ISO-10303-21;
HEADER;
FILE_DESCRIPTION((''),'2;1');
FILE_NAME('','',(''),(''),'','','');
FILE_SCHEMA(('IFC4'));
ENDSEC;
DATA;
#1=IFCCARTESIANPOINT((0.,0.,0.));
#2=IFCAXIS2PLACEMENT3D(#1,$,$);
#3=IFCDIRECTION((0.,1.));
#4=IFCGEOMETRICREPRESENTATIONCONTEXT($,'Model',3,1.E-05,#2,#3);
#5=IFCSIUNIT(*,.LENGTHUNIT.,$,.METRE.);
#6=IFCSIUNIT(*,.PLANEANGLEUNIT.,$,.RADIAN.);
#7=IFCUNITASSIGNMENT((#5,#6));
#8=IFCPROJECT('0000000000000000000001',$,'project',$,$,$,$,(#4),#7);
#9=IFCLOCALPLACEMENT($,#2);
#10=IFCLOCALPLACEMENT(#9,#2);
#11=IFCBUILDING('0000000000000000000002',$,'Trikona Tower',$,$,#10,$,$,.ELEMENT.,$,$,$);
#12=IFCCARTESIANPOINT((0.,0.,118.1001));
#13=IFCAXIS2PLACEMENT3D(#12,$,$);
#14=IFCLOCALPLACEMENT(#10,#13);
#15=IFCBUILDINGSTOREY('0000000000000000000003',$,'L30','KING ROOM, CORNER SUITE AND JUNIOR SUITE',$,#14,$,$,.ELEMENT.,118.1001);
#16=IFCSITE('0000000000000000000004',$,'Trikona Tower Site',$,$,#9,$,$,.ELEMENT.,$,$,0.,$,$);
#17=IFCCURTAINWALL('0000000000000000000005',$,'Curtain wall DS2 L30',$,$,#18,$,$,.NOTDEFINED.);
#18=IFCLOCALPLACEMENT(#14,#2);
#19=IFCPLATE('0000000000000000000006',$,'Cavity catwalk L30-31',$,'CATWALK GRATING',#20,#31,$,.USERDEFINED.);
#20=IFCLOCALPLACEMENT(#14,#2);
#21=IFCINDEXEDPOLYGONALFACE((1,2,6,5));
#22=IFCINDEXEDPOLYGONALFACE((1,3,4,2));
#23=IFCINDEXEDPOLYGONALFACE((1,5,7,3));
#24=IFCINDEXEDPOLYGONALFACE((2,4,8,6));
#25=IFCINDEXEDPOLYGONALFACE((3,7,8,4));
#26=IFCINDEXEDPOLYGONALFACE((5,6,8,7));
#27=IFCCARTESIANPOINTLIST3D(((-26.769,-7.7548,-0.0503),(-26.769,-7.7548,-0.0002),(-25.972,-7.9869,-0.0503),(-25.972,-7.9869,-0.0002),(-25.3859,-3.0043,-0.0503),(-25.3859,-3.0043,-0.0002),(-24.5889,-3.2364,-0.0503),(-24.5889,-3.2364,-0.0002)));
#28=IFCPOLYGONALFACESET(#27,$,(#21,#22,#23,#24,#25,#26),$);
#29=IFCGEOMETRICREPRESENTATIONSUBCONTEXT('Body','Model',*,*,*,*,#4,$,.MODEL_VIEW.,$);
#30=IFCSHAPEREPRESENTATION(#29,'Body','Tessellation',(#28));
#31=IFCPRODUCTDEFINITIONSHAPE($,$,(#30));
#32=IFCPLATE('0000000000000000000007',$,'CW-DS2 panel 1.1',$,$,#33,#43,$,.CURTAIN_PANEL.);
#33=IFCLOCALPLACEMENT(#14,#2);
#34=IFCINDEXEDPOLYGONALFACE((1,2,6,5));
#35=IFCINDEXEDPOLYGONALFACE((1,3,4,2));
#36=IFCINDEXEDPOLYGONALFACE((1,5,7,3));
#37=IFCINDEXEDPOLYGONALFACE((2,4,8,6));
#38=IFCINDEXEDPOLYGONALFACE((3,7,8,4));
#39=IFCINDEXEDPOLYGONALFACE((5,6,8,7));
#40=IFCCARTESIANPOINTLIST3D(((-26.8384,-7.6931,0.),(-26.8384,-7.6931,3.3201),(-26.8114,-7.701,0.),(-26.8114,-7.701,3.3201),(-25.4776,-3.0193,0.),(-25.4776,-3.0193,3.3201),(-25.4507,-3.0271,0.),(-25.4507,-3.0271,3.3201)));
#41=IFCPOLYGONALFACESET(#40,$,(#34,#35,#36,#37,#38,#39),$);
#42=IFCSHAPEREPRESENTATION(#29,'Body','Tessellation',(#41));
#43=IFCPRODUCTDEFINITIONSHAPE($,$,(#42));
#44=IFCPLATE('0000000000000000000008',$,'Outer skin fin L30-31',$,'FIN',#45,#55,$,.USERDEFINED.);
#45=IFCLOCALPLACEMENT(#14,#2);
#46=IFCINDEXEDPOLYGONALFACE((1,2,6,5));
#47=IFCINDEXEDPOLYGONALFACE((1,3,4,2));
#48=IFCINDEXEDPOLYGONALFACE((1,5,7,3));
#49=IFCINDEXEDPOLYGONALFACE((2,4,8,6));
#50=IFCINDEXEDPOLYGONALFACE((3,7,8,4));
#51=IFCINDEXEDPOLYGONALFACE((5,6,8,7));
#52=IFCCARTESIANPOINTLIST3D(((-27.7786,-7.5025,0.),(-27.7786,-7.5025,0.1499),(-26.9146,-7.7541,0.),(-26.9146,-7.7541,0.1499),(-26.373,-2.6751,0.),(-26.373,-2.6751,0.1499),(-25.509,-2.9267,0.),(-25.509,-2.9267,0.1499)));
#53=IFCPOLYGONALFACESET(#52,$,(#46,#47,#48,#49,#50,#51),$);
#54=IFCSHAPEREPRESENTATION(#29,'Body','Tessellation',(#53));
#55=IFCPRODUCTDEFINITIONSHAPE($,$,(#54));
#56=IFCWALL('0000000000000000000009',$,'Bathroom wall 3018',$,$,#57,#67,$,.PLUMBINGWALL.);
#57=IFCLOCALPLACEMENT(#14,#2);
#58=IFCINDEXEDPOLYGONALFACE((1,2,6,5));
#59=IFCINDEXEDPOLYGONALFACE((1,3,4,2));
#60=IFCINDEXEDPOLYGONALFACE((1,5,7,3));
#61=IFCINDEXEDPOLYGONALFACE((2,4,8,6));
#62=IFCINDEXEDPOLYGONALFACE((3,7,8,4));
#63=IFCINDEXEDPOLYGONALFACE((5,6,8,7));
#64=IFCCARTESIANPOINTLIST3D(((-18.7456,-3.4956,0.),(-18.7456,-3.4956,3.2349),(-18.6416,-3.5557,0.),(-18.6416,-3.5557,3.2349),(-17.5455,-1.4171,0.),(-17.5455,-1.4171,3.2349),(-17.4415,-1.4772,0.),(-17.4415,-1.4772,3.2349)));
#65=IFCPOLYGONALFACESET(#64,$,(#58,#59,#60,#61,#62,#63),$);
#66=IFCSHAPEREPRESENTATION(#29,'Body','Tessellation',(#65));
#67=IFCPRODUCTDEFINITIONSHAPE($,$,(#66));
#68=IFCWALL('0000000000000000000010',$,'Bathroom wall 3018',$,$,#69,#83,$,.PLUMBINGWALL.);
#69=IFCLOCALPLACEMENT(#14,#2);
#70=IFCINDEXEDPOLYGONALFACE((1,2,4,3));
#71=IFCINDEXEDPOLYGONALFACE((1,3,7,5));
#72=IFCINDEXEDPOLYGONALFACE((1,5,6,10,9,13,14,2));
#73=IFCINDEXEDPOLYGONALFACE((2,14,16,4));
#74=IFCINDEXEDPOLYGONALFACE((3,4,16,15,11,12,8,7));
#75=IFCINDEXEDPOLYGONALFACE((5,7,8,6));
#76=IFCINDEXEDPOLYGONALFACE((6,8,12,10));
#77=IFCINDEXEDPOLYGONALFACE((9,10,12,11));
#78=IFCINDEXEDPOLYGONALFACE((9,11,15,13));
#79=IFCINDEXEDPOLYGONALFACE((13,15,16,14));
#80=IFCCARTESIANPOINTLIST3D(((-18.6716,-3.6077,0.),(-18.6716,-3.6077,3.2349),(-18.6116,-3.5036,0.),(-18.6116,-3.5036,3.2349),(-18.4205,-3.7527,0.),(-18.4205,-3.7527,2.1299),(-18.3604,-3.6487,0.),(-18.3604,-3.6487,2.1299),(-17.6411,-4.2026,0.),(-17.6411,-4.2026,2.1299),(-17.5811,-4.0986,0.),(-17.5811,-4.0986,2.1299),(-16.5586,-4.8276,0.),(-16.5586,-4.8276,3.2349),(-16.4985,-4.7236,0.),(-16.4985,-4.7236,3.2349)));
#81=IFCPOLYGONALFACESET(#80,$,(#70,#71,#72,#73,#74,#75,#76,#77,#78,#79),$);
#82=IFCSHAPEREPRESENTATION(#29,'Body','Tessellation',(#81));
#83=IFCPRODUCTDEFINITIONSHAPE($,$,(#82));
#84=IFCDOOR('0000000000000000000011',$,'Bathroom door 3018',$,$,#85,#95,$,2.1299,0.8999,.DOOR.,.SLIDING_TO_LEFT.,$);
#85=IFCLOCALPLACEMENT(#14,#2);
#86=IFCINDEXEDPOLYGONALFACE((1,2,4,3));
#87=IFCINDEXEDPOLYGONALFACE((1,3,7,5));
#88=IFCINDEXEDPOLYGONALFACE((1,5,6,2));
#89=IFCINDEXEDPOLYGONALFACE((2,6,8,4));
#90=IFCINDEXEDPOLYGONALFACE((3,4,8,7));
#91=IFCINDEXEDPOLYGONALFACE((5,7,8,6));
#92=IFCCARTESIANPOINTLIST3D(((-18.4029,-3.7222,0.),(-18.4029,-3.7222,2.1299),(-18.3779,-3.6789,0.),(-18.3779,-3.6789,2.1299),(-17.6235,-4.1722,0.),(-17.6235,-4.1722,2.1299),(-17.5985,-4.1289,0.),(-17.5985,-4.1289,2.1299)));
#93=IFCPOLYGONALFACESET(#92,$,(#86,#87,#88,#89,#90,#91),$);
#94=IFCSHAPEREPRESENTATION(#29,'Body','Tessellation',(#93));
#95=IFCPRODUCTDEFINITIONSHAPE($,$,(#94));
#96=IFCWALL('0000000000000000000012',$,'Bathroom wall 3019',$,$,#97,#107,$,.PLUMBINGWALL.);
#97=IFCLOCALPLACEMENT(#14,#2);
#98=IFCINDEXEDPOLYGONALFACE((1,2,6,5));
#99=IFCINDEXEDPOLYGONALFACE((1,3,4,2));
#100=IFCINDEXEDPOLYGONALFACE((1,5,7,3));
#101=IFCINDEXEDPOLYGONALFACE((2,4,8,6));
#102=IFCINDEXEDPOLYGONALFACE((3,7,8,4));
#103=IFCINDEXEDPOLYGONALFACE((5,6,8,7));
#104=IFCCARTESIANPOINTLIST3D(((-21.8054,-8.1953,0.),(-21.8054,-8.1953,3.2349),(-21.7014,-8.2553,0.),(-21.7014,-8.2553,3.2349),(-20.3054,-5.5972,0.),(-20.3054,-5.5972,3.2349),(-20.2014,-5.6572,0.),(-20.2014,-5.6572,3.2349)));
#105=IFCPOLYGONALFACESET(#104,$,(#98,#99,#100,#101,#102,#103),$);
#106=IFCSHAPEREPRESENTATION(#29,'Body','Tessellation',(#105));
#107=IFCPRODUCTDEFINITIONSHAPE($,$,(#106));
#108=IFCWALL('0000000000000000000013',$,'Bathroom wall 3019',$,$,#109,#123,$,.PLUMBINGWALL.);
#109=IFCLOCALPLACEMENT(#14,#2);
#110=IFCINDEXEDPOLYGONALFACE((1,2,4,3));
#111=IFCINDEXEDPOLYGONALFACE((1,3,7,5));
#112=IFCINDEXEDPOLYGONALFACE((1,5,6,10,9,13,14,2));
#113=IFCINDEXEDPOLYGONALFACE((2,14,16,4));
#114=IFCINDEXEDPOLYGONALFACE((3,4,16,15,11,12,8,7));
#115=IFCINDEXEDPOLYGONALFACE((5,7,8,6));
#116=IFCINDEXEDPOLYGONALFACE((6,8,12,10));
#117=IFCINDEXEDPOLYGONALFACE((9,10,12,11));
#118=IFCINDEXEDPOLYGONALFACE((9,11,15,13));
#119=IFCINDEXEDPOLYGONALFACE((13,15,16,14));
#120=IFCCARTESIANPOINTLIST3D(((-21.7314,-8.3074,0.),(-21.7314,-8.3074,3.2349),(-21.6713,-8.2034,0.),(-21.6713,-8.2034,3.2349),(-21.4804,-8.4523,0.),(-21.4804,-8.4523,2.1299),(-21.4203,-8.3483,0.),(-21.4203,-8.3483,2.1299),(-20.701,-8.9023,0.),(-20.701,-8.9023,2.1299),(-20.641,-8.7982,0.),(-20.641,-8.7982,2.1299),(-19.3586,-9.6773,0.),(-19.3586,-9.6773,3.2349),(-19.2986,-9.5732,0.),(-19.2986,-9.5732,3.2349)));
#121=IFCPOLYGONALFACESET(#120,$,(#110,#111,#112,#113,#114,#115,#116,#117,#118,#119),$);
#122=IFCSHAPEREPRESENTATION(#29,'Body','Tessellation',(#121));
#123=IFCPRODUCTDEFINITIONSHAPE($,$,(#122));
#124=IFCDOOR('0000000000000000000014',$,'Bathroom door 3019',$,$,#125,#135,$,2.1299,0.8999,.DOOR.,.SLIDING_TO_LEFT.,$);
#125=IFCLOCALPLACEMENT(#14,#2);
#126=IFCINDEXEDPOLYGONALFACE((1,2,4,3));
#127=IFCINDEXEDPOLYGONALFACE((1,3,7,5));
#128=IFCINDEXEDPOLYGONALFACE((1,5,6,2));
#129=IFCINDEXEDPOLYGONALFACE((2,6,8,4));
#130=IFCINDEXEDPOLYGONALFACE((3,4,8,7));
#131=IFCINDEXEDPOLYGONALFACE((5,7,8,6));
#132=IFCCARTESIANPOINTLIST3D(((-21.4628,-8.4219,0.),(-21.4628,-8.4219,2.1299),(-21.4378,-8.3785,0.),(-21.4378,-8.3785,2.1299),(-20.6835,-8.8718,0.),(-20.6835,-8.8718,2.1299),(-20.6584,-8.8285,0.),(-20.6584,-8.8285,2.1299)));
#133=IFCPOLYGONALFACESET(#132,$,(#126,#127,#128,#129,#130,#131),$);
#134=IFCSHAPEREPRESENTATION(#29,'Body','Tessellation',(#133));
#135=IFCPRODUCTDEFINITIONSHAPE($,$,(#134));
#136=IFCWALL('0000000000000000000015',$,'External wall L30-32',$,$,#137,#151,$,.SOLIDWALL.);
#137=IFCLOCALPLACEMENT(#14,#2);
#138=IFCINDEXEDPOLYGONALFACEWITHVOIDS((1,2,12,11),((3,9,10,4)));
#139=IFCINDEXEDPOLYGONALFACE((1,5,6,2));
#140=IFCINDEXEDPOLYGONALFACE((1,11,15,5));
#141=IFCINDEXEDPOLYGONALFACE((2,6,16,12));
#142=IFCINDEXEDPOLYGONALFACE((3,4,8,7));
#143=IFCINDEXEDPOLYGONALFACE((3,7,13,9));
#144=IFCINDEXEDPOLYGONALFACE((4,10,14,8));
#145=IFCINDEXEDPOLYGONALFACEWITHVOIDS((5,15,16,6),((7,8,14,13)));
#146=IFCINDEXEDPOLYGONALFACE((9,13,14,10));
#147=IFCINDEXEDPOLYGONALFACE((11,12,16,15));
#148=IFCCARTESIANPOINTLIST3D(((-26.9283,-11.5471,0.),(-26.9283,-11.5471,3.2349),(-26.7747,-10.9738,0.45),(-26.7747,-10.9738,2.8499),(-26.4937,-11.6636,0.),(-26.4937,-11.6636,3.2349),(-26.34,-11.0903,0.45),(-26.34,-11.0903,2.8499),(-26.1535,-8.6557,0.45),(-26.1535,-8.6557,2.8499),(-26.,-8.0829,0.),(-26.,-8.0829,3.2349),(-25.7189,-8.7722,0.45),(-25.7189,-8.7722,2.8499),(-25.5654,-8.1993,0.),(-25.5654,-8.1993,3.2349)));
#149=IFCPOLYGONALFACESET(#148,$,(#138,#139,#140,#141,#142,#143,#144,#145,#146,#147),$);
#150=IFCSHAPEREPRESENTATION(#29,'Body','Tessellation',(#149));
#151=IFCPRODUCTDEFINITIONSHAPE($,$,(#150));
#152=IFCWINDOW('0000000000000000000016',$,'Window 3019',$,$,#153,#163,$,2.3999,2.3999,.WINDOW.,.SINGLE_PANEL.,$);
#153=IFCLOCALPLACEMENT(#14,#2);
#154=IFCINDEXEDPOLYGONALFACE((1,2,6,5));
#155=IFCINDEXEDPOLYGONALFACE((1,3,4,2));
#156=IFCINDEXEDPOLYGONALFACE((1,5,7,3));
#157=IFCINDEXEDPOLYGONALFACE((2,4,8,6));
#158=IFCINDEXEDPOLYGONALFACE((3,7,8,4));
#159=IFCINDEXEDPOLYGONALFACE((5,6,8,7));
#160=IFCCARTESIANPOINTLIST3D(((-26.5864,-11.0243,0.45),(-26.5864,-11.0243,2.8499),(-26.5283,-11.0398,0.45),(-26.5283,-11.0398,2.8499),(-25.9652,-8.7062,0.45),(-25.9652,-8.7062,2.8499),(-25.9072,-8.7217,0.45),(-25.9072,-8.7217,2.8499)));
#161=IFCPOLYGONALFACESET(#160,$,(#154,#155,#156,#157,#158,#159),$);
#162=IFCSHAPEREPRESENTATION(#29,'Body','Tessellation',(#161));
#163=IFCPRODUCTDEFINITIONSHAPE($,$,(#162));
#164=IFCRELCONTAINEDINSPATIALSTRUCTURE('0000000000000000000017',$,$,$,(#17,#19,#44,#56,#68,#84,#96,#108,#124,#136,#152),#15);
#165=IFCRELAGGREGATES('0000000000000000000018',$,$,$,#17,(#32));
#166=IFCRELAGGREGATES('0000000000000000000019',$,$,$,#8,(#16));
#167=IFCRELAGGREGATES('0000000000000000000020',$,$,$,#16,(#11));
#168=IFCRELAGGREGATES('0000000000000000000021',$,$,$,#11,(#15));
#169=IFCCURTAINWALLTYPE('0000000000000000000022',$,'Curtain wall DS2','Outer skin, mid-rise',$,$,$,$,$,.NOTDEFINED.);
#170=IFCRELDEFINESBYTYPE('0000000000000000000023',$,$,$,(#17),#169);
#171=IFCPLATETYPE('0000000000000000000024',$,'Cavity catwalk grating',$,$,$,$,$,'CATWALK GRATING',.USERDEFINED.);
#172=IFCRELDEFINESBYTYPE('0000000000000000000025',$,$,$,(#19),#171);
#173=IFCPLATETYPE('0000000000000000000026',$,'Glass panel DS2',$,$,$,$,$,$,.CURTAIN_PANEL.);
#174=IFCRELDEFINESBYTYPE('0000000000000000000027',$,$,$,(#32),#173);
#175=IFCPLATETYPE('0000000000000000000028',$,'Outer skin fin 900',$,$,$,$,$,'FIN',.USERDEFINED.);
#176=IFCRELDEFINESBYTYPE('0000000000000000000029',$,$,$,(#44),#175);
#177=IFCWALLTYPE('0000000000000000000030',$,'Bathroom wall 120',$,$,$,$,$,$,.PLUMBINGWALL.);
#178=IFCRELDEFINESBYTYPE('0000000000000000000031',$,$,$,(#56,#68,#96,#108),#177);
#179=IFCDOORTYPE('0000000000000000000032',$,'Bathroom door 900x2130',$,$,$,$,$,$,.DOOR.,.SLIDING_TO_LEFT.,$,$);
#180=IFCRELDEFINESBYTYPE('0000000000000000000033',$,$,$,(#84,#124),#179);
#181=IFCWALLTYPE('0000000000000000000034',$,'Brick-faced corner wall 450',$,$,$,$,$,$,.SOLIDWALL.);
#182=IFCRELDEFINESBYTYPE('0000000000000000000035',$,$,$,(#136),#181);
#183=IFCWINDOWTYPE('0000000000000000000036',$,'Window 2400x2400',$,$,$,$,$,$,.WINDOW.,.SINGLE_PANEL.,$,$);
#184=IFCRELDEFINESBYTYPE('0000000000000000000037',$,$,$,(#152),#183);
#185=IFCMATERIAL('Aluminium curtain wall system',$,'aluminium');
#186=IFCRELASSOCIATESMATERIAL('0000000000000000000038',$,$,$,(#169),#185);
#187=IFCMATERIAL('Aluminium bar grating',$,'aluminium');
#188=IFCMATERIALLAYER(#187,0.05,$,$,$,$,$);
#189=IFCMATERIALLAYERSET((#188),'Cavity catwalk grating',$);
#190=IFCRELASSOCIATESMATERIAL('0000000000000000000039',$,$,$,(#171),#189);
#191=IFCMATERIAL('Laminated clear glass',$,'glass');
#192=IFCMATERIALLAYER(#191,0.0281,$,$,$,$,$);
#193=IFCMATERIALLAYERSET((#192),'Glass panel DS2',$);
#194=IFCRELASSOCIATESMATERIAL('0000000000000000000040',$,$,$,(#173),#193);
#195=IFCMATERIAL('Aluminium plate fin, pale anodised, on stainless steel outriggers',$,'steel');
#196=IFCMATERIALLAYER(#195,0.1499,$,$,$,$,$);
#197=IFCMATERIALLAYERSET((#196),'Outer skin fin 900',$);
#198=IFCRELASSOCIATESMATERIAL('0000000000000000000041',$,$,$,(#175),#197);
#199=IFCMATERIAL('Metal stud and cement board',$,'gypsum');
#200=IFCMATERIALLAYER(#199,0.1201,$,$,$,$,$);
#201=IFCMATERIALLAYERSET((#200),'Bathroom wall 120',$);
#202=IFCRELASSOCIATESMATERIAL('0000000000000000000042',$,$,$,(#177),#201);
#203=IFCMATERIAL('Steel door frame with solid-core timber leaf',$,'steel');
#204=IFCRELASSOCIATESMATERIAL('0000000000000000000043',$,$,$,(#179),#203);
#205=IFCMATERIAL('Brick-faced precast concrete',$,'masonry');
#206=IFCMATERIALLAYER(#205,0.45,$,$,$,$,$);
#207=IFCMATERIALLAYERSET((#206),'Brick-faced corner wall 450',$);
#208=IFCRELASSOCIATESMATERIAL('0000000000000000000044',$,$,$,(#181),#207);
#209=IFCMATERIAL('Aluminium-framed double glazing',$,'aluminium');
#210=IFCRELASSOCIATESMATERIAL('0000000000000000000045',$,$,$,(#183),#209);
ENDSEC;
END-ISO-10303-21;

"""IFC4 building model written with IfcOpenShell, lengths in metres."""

from ifc_helpers import new_model, si_unit, direction, frame, frame_2d, origin, origin_2d, place, context, subcontext, project, spatial, rectangle, extrude, material, layer, layer_set, type_object, element, fill, aggregate, save


model = new_model("IFC4")

# Units and contexts
model_context = context("Model", 3, precision=1e-05, world=origin(), true_north=direction((0.0, 1.0)))
body_context = subcontext(model_context, "Body", "Model", "MODEL_VIEW")
ifc_project = project(units=[si_unit("LENGTHUNIT", "METRE"), si_unit("PLANEANGLEUNIT", "RADIAN")], contexts=[model_context])

# Site, building, storey
site_placement = place(None, origin())
site = spatial("IfcSite", under=ifc_project, at=site_placement, Name="Trikona Tower Site", CompositionType="ELEMENT", RefElevation=0.0)
building_placement = place(site_placement, origin())
building = spatial("IfcBuilding", under=site, at=building_placement, Name="Trikona Tower", CompositionType="ELEMENT")
storey_placement = place(building_placement, frame((0.0, 0.0, 118.1001)))
storey = spatial("IfcBuildingStorey", under=building, at=storey_placement, Name="L30", Description="KING ROOM, CORNER SUITE AND JUNIOR SUITE", CompositionType="ELEMENT", Elevation=118.1001)

# Shared definitions
ifc_material_1 = material(Name="Aluminium curtain wall system", Category="aluminium")
curtain_wall_type = type_object("IfcCurtainWallType", Name="Curtain wall DS2", Description="Outer skin, mid-rise", PredefinedType="NOTDEFINED", material=ifc_material_1)

# Curtain wall
curtain_wall_1_placement = place(storey_placement, origin())
curtain_wall_1 = element("IfcCurtainWall", 1, at=curtain_wall_1_placement, inside=storey, type_object=curtain_wall_type, Name="Curtain wall DS2 L30", PredefinedType="NOTDEFINED")

# Plates
ifc_material_2 = material(Name="Aluminium bar grating", Category="aluminium")
ifc_layer_1 = layer(ifc_material_2, 0.05)
ifc_layer_set_1 = layer_set([ifc_layer_1], Name="Cavity catwalk grating")
plate_type_1 = type_object("IfcPlateType", Name="Cavity catwalk grating", ElementType="CATWALK GRATING", PredefinedType="USERDEFINED", material=ifc_layer_set_1)
plate_1_placement = place(storey_placement, frame((-25.679, -5.4956, -0.0503), z_axis=(0.0, 0.0, 1.0), x_axis=(-0.279554, -0.96013, 0.0)))
element("IfcPlate", 2, at=plate_1_placement, inside=storey, type_object=plate_type_1, Name="Cavity catwalk L30-31", ObjectType="CATWALK GRATING", PredefinedType="USERDEFINED", context=body_context, shape_type="SweptSolid", body=[
    extrude(rectangle(XDim=4.9478, YDim=0.8301, at=origin_2d()), origin(), (0.0, 0.0, 1.0), 0.05),
])
ifc_material_3 = material(Name="Laminated clear glass", Category="glass")
ifc_layer_2 = layer(ifc_material_3, 0.0281)
ifc_layer_set_2 = layer_set([ifc_layer_2], Name="Glass panel DS2")
plate_type_2 = type_object("IfcPlateType", Name="Glass panel DS2", PredefinedType="CURTAIN_PANEL", material=ifc_layer_set_2)
plate_2_placement = place(storey_placement, frame((-26.1445, -5.3601, 0.0), z_axis=(0.0, 0.0, 1.0), x_axis=(-0.279543, -0.960133, 0.0)))
plate_2 = element("IfcPlate", 3, at=plate_2_placement, type_object=plate_type_2, Name="CW-DS2 panel 1.1", PredefinedType="CURTAIN_PANEL", context=body_context, shape_type="SweptSolid", body=[
    extrude(rectangle(XDim=4.8679, YDim=0.0281, at=origin_2d()), origin(), (0.0, 0.0, 1.0), 3.3201),
])
aggregate(curtain_wall_1, [plate_2])
ifc_material_4 = material(Name="Aluminium plate fin, pale anodised, on stainless steel outriggers", Category="steel")
ifc_layer_3 = layer(ifc_material_4, 0.1499)
ifc_layer_set_3 = layer_set([ifc_layer_3], Name="Outer skin fin 900")
plate_type_3 = type_object("IfcPlateType", Name="Outer skin fin 900", ElementType="FIN", PredefinedType="USERDEFINED", material=ifc_layer_set_3)
plate_3_placement = place(storey_placement, frame((-26.6438, -5.2146, 0.0), z_axis=(0.0, 0.0, 1.0), x_axis=(-0.279554, -0.96013, 0.0)))
element("IfcPlate", 4, at=plate_3_placement, inside=storey, type_object=plate_type_3, Name="Outer skin fin L30-31", ObjectType="FIN", PredefinedType="USERDEFINED", context=body_context, shape_type="SweptSolid", body=[
    extrude(rectangle(XDim=5.0278, YDim=0.8999, at=origin_2d()), origin(), (0.0, 0.0, 1.0), 0.1499),
])

# Wall
ifc_material_5 = material(Name="Metal stud and cement board", Category="gypsum")
ifc_layer_4 = layer(ifc_material_5, 0.1201)
ifc_layer_set_4 = layer_set([ifc_layer_4], Name="Bathroom wall 120")
wall_type_1 = type_object("IfcWallType", Name="Bathroom wall 120", PredefinedType="PLUMBINGWALL", material=ifc_layer_set_4)
wall_1_placement = place(storey_placement, frame((-17.4934, -1.447, 0.0), z_axis=(0.0, 0.0, 1.0), x_axis=(-0.500034, -0.866006, 0.0)))
element("IfcWall", 5, at=wall_1_placement, inside=storey, type_object=wall_type_1, Name="Bathroom wall 3018", PredefinedType="PLUMBINGWALL", context=body_context, shape_type="SweptSolid", body=[
    extrude(rectangle(XDim=2.4001, YDim=0.1201, at=frame_2d((1.2002, 0.0))), origin(), (0.0, 0.0, 1.0), 3.2349),
])

# Wall, opening, door
wall_2_placement = place(storey_placement, frame((-16.5286, -4.7756, 0.0), z_axis=(0.0, 0.0, 1.0), x_axis=(-0.866024, 0.500003, 0.0)))
wall_2 = element("IfcWall", 6, at=wall_2_placement, inside=storey, type_object=wall_type_1, Name="Bathroom wall 3018", PredefinedType="PLUMBINGWALL", context=body_context, shape_type="SweptSolid", body=[
    extrude(rectangle(XDim=2.4399, YDim=0.1201, at=frame_2d((1.22, 0.0))), origin(), (0.0, 0.0, 1.0), 3.2349),
])
opening_1_placement = place(wall_2_placement, frame((1.25, 0.0, 0.0)))
opening_1 = element("IfcOpeningElement", 7, at=opening_1_placement, cuts=wall_2, PredefinedType="OPENING", context=body_context, shape_type="SweptSolid", body=[
    extrude(rectangle(XDim=0.8999, YDim=2.1299, at=frame_2d((0.45, 1.0649))), frame((0.0, 0.0701, 0.0), z_axis=(0.0, -1.0, 0.0), x_axis=(1.0, 0.0, 0.0)), (0.0, 0.0, 1.0), 0.1401),
])
ifc_material_6 = material(Name="Steel door frame with solid-core timber leaf", Category="steel")
door_type_1 = type_object("IfcDoorType", Name="Bathroom door 900x2130", OperationType="SLIDING_TO_LEFT", PredefinedType="DOOR", material=ifc_material_6)
door_1_placement = place(opening_1_placement, origin())
door_1 = element("IfcDoor", 8, at=door_1_placement, inside=storey, type_object=door_type_1, Name="Bathroom door 3018", OperationType="SLIDING_TO_LEFT", OverallHeight=2.1299, OverallWidth=0.8999, PredefinedType="DOOR", context=body_context, shape_type="SweptSolid", body=[
    extrude(rectangle(XDim=0.8999, YDim=2.1299, at=frame_2d((0.45, 1.0649))), frame((0.0, 0.0249, 0.0), z_axis=(0.0, -1.0, 0.0), x_axis=(1.0, 0.0, 0.0)), (0.0, 0.0, 1.0), 0.05),
])
fill(opening_1, door_1)

# Wall
wall_3_placement = place(storey_placement, frame((-20.2534, -5.6272, 0.0), z_axis=(0.0, 0.0, 1.0), x_axis=(-0.49999, -0.866031, 0.0)))
element("IfcWall", 9, at=wall_3_placement, inside=storey, type_object=wall_type_1, Name="Bathroom wall 3019", PredefinedType="PLUMBINGWALL", context=body_context, shape_type="SweptSolid", body=[
    extrude(rectangle(XDim=3.0, YDim=0.1201, at=frame_2d((1.5, 0.0))), origin(), (0.0, 0.0, 1.0), 3.2349),
])

# Wall, opening, door
wall_4_placement = place(storey_placement, frame((-19.3286, -9.6252, 0.0), z_axis=(0.0, 0.0, 1.0), x_axis=(-0.866036, 0.499982, 0.0)))
wall_4 = element("IfcWall", 10, at=wall_4_placement, inside=storey, type_object=wall_type_1, Name="Bathroom wall 3019", PredefinedType="PLUMBINGWALL", context=body_context, shape_type="SweptSolid", body=[
    extrude(rectangle(XDim=2.7397, YDim=0.1201, at=frame_2d((1.3699, 0.0))), origin(), (0.0, 0.0, 1.0), 3.2349),
])
opening_2_placement = place(wall_4_placement, frame((1.55, 0.0, 0.0)))
opening_2 = element("IfcOpeningElement", 11, at=opening_2_placement, cuts=wall_4, PredefinedType="OPENING", context=body_context, shape_type="SweptSolid", body=[
    extrude(rectangle(XDim=0.8999, YDim=2.1299, at=frame_2d((0.45, 1.0649))), frame((0.0, 0.0701, 0.0), z_axis=(0.0, -1.0, 0.0), x_axis=(1.0, 0.0, 0.0)), (0.0, 0.0, 1.0), 0.1401),
])
door_2_placement = place(opening_2_placement, origin())
door_2 = element("IfcDoor", 12, at=door_2_placement, inside=storey, type_object=door_type_1, Name="Bathroom door 3019", OperationType="SLIDING_TO_LEFT", OverallHeight=2.1299, OverallWidth=0.8999, PredefinedType="DOOR", context=body_context, shape_type="SweptSolid", body=[
    extrude(rectangle(XDim=0.8999, YDim=2.1299, at=frame_2d((0.45, 1.0649))), frame((0.0, 0.0249, 0.0), z_axis=(0.0, -1.0, 0.0), x_axis=(1.0, 0.0, 0.0)), (0.0, 0.0, 1.0), 0.05),
])
fill(opening_2, door_2)

# Wall, opening, window
ifc_material_7 = material(Name="Brick-faced precast concrete", Category="masonry")
ifc_layer_5 = layer(ifc_material_7, 0.45)
ifc_layer_set_5 = layer_set([ifc_layer_5], Name="Brick-faced corner wall 450")
wall_type_2 = type_object("IfcWallType", Name="Brick-faced corner wall 450", PredefinedType="SOLIDWALL", material=ifc_layer_set_5)
wall_5_placement = place(storey_placement, frame((-25.7827, -8.1411, 0.0), z_axis=(0.0, 0.0, 1.0), x_axis=(-0.258823, -0.965925, 0.0)))
wall_5 = element("IfcWall", 13, at=wall_5_placement, inside=storey, type_object=wall_type_2, Name="External wall L30-32", PredefinedType="SOLIDWALL", context=body_context, shape_type="SweptSolid", body=[
    extrude(rectangle(XDim=3.5864, YDim=0.45, at=frame_2d((1.7932, 0.0))), origin(), (0.0, 0.0, 1.0), 3.2349),
])
opening_3_placement = place(wall_5_placement, frame((0.593, 0.0, 0.45)))
opening_3 = element("IfcOpeningElement", 14, at=opening_3_placement, cuts=wall_5, PredefinedType="OPENING", context=body_context, shape_type="SweptSolid", body=[
    extrude(rectangle(XDim=2.3999, YDim=2.3999, at=frame_2d((1.2, 1.2))), frame((0.0, 0.2349, 0.0), z_axis=(0.0, -1.0, 0.0), x_axis=(1.0, 0.0, 0.0)), (0.0, 0.0, 1.0), 0.47),
])
ifc_material_8 = material(Name="Aluminium-framed double glazing", Category="aluminium")
window_type_1 = type_object("IfcWindowType", Name="Window 2400x2400", PartitioningType="SINGLE_PANEL", PredefinedType="WINDOW", material=ifc_material_8)
window_1_placement = place(opening_3_placement, origin())
window_1 = element("IfcWindow", 15, at=window_1_placement, inside=storey, type_object=window_type_1, Name="Window 3019", OverallHeight=2.3999, OverallWidth=2.3999, PartitioningType="SINGLE_PANEL", PredefinedType="WINDOW", context=body_context, shape_type="SweptSolid", body=[
    extrude(rectangle(XDim=2.3999, YDim=2.3999, at=frame_2d((1.2, 1.2))), frame((0.0, 0.03, 0.0), z_axis=(0.0, -1.0, 0.0), x_axis=(1.0, 0.0, 0.0)), (0.0, 0.0, 1.0), 0.0601),
])
fill(opening_3, window_1)

save(model, "model.ifc")
